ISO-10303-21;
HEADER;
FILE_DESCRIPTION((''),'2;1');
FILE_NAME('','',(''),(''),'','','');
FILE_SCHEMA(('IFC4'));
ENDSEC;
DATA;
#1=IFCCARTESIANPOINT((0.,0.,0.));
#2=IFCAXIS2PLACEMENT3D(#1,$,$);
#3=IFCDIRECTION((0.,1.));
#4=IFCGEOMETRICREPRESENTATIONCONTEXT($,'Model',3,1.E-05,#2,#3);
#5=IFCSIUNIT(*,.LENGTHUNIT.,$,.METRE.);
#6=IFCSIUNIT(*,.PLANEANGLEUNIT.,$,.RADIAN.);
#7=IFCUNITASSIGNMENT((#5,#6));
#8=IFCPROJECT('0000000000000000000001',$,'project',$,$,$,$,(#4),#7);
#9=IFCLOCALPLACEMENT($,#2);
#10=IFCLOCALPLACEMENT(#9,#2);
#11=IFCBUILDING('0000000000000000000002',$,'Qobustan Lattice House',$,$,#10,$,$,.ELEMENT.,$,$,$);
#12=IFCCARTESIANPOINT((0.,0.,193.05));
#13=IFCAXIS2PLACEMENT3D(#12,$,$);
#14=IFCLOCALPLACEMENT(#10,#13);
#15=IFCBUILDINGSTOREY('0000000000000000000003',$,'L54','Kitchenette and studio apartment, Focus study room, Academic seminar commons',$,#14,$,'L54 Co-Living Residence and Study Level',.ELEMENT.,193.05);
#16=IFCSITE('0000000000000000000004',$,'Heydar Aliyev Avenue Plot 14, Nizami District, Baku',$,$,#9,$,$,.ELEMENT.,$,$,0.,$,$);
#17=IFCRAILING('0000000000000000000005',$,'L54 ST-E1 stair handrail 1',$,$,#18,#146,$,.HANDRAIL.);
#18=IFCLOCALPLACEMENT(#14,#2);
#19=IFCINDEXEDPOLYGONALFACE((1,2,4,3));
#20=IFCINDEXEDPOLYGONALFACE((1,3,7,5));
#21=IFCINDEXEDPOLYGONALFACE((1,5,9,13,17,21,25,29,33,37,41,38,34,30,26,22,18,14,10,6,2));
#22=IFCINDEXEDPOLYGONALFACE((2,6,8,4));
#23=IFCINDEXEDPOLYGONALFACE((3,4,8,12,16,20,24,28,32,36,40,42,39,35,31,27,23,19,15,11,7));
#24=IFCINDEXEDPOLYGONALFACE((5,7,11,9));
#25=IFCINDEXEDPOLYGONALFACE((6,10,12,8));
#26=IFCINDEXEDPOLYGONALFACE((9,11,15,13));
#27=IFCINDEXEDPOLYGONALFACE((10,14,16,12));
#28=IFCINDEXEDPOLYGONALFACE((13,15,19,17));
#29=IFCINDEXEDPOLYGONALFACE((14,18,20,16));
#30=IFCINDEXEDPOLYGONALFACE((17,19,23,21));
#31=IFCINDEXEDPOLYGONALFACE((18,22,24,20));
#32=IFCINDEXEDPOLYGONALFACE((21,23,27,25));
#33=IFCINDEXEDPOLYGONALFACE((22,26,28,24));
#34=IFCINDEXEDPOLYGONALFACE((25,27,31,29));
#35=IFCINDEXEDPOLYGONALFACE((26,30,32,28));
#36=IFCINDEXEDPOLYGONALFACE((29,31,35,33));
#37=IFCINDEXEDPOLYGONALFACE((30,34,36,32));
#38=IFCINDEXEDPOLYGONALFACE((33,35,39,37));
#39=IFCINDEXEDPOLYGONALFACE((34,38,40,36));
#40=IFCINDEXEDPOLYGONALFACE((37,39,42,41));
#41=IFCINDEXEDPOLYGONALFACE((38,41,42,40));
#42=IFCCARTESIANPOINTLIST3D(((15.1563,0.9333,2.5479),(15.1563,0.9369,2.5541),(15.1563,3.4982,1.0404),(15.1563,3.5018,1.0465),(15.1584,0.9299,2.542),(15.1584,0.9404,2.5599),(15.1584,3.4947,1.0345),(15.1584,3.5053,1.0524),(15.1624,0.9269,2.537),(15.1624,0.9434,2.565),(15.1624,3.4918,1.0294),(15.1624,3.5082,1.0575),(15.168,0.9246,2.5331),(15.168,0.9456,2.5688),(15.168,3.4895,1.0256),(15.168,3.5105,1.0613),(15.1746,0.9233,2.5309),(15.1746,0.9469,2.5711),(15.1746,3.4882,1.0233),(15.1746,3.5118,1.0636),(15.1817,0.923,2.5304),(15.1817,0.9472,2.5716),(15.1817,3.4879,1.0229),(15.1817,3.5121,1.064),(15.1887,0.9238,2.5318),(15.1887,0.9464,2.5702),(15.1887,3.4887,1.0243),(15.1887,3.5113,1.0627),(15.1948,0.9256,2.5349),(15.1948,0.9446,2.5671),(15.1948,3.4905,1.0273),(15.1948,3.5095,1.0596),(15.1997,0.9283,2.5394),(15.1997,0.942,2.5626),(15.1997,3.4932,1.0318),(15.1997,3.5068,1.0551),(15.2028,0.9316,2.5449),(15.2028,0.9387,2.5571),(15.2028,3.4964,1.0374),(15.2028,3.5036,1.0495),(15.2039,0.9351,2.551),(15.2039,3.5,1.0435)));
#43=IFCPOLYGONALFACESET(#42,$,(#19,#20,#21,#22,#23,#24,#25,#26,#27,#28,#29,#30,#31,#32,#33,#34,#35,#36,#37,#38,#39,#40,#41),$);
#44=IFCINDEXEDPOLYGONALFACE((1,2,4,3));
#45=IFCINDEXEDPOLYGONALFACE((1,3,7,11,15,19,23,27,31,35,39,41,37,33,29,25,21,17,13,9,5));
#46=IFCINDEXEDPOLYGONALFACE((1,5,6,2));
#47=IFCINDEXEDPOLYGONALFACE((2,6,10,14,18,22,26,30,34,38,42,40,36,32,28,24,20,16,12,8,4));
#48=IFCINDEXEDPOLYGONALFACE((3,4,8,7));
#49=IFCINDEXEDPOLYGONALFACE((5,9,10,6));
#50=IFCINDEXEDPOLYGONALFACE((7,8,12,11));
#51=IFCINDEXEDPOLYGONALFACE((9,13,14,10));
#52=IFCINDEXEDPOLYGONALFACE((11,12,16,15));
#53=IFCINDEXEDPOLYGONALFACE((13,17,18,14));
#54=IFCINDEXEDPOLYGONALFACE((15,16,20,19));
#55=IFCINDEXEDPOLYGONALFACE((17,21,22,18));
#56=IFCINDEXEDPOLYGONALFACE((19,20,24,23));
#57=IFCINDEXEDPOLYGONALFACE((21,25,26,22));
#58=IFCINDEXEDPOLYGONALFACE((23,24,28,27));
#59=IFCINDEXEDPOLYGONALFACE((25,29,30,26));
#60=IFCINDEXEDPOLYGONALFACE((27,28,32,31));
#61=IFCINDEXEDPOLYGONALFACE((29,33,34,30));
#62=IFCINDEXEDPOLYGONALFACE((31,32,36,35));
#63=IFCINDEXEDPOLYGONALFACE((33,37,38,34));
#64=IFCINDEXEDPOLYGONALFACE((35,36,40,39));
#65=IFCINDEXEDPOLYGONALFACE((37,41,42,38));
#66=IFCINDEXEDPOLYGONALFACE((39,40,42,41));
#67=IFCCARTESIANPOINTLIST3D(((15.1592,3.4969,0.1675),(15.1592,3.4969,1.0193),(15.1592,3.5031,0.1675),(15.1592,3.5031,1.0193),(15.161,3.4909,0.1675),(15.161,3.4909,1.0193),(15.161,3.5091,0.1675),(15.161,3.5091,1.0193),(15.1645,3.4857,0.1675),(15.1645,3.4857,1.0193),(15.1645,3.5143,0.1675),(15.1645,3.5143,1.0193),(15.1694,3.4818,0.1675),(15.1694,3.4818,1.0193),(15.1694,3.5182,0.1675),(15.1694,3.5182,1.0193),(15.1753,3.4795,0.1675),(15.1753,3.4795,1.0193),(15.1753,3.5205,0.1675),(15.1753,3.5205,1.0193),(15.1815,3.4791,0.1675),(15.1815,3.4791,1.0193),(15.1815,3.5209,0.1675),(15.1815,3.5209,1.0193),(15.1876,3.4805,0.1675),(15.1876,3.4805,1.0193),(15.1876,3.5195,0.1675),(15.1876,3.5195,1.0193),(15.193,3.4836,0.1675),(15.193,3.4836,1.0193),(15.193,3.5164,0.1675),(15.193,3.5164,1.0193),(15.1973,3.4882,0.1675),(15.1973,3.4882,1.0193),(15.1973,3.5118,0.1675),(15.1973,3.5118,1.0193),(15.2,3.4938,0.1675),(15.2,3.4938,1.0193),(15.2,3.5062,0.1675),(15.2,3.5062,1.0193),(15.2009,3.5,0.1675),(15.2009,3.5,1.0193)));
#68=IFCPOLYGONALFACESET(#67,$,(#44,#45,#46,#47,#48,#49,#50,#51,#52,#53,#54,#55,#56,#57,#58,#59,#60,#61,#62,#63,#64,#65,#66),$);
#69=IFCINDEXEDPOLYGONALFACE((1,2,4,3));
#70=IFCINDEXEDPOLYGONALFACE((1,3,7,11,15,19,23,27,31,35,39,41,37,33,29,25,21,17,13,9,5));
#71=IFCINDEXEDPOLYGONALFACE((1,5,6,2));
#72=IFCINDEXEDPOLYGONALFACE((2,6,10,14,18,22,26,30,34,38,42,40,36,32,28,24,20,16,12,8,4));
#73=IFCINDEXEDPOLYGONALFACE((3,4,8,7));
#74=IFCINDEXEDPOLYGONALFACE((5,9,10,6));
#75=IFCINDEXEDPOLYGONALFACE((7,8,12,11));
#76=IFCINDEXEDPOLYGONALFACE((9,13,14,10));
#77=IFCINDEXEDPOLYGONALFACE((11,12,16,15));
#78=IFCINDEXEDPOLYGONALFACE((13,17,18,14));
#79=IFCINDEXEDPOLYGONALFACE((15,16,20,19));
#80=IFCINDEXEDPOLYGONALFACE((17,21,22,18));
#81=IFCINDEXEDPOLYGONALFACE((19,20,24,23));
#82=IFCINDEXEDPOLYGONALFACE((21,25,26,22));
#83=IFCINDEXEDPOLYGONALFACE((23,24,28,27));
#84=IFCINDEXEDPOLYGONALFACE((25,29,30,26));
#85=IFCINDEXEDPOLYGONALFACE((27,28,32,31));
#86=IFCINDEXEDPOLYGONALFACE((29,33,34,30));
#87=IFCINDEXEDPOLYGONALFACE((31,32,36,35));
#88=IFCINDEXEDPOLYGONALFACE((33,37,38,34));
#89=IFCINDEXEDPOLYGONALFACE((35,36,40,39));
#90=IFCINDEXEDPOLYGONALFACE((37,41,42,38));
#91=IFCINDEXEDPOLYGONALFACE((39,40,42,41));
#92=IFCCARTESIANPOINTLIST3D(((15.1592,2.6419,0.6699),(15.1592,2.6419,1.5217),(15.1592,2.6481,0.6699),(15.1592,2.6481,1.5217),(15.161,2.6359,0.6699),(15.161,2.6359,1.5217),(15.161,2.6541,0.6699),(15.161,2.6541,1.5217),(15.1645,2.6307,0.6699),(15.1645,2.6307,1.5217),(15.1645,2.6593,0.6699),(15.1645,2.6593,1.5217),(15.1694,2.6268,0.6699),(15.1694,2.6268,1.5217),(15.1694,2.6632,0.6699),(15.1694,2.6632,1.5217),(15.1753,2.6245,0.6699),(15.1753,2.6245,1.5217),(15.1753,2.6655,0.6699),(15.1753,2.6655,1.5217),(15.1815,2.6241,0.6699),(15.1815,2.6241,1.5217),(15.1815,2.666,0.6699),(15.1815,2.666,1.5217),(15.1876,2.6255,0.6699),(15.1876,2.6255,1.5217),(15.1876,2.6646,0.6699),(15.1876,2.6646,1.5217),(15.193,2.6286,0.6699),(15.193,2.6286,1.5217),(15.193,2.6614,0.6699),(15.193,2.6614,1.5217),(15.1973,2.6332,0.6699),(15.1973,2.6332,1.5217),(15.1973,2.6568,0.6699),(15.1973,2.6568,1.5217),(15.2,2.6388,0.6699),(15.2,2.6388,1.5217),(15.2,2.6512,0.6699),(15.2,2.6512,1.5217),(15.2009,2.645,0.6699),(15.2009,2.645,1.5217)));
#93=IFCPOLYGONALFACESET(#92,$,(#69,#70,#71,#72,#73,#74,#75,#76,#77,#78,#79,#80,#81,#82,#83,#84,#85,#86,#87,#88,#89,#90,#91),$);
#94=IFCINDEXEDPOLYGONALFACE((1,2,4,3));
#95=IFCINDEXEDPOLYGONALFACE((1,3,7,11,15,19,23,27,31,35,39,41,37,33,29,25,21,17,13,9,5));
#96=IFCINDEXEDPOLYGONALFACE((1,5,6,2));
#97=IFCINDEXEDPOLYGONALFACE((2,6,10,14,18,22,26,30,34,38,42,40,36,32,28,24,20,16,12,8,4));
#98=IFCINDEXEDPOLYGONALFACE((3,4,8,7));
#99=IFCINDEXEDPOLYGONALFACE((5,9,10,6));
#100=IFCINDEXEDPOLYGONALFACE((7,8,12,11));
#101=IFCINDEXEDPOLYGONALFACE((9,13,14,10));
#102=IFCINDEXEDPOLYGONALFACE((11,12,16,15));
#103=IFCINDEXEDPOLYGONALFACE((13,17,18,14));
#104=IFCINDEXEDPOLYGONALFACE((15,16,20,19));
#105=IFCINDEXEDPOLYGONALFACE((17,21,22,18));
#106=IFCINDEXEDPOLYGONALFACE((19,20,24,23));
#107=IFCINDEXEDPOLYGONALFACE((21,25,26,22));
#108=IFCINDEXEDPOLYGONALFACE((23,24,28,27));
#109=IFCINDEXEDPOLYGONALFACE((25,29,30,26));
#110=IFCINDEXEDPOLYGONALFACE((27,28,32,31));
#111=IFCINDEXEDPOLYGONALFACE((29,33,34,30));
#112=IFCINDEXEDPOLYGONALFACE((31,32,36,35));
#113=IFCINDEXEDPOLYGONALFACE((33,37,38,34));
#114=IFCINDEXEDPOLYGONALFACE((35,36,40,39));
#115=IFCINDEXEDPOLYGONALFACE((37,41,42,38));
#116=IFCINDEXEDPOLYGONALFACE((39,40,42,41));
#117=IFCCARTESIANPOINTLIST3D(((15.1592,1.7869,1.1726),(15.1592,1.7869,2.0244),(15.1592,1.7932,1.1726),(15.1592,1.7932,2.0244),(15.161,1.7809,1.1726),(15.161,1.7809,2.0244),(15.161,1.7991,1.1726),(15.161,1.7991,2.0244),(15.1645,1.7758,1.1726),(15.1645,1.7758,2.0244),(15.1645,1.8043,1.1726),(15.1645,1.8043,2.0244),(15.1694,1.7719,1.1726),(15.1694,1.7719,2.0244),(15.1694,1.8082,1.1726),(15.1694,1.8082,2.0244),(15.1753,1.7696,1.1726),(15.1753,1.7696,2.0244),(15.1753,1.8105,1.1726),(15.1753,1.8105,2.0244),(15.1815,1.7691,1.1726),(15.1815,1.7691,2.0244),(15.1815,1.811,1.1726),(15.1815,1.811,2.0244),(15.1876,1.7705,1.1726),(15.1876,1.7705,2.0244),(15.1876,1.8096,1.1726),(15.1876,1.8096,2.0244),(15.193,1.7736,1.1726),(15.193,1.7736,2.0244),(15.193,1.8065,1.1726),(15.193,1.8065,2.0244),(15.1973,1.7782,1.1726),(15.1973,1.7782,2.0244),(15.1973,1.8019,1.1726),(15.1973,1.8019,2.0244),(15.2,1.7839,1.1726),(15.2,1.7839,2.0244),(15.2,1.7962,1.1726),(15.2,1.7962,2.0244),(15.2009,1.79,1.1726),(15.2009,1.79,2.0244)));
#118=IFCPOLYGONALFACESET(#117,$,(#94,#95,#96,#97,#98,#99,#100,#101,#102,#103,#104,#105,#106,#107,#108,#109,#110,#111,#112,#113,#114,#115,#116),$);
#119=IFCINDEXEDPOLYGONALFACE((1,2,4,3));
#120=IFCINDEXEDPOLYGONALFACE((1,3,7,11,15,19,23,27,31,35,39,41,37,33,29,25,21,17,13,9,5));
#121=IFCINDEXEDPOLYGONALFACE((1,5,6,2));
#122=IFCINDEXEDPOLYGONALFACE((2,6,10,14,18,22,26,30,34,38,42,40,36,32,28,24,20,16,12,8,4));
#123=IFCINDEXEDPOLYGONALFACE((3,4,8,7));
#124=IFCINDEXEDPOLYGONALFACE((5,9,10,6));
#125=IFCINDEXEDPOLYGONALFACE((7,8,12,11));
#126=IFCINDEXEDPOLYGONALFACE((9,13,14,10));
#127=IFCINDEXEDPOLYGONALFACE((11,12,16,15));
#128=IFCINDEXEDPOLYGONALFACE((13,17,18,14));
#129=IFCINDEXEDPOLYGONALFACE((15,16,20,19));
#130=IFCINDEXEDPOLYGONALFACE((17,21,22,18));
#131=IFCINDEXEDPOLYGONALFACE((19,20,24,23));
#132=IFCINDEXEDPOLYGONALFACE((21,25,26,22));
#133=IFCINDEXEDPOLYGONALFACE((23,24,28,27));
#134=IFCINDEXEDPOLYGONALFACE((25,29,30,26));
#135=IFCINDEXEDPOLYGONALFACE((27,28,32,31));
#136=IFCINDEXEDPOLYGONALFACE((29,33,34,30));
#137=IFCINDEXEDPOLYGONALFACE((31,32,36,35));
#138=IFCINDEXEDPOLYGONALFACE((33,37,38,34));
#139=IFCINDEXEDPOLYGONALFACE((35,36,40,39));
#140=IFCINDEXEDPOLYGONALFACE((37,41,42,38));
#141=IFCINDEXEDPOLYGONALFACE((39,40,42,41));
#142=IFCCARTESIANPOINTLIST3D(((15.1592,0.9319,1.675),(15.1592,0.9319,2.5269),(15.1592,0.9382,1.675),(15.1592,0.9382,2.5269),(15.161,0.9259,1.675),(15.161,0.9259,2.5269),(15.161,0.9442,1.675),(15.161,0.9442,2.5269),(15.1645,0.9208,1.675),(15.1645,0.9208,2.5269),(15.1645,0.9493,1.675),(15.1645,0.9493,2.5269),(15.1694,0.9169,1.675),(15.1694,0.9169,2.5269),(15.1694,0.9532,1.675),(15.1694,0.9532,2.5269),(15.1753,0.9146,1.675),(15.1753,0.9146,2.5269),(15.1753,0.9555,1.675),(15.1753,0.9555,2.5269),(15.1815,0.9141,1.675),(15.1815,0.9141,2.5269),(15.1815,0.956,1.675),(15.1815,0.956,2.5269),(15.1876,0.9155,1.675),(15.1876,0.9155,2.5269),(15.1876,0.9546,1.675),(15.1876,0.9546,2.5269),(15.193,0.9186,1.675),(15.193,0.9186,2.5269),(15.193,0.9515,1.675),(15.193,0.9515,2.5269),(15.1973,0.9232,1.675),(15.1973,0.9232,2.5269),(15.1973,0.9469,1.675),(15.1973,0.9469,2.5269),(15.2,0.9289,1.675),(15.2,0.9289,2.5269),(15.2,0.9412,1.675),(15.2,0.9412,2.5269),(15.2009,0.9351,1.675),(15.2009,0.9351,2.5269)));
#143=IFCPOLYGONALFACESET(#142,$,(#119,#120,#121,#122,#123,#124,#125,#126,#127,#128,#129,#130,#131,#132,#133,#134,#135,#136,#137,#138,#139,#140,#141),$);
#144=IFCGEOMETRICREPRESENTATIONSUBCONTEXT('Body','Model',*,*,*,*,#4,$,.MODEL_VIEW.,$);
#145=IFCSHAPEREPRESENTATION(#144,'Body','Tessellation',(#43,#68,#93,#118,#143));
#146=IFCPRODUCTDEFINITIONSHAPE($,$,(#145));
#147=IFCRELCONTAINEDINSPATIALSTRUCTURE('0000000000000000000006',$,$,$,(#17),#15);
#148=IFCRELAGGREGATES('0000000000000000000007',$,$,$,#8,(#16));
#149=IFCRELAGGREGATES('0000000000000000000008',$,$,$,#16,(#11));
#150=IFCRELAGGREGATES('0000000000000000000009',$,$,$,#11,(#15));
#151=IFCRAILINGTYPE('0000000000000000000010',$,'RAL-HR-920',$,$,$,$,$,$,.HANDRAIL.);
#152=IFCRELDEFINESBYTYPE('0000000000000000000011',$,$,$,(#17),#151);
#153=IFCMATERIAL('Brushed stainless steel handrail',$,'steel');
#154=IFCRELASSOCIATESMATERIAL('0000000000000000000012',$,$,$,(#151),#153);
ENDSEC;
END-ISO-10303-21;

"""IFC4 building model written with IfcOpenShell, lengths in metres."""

from ifc_helpers import new_model, si_unit, direction, frame, origin, origin_2d, place, context, subcontext, project, spatial, circle, extrude, material, type_object, element, save


model = new_model("IFC4")

# Units and contexts
model_context = context("Model", 3, precision=1e-05, world=origin(), true_north=direction((0.0, 1.0)))
body_context = subcontext(model_context, "Body", "Model", "MODEL_VIEW")
ifc_project = project(units=[si_unit("LENGTHUNIT", "METRE"), si_unit("PLANEANGLEUNIT", "RADIAN")], contexts=[model_context])

# Site, building, storey
site_placement = place(None, origin())
site = spatial("IfcSite", under=ifc_project, at=site_placement, Name="Heydar Aliyev Avenue Plot 14, Nizami District, Baku", CompositionType="ELEMENT", RefElevation=0.0)
building_placement = place(site_placement, origin())
building = spatial("IfcBuilding", under=site, at=building_placement, Name="Qobustan Lattice House", CompositionType="ELEMENT")
storey_placement = place(building_placement, frame((0.0, 0.0, 193.05)))
storey = spatial("IfcBuildingStorey", under=building, at=storey_placement, Name="L54", Description="Kitchenette and studio apartment, Focus study room, Academic seminar commons", LongName="L54 Co-Living Residence and Study Level", CompositionType="ELEMENT", Elevation=193.05)

# Railing
ifc_material_1 = material(Name="Brushed stainless steel handrail", Category="steel")
railing_type_1 = type_object("IfcRailingType", Name="RAL-HR-920", PredefinedType="HANDRAIL", material=ifc_material_1)
railing_1_placement = place(storey_placement, frame((15.1799, 3.5, 0.1675)))
element("IfcRailing", 1, at=railing_1_placement, inside=storey, type_object=railing_type_1, Name="L54 ST-E1 stair handrail 1", PredefinedType="HANDRAIL", context=body_context, shape_type="SweptSolid", body=[
    extrude(circle(Radius=0.0239, at=origin_2d()), frame((0.0, 0.0, 0.876), z_axis=(0.0, -0.862113, 0.506715), x_axis=(1.0, 0.0, 0.0)), (0.0, 0.0, 1.0), 2.9751),
    extrude(circle(Radius=0.021, at=origin_2d()), origin(), (0.0, 0.0, 1.0), 0.8518),
    extrude(circle(Radius=0.021, at=origin_2d()), frame((0.0, -0.855, 0.5024)), (0.0, 0.0, 1.0), 0.8518),
    extrude(circle(Radius=0.021, at=origin_2d()), frame((0.0, -1.71, 1.0051)), (0.0, 0.0, 1.0), 0.8518),
    extrude(circle(Radius=0.021, at=origin_2d()), frame((0.0, -2.5649, 1.5076)), (0.0, 0.0, 1.0), 0.8518),
])

save(model, "model.ifc")
